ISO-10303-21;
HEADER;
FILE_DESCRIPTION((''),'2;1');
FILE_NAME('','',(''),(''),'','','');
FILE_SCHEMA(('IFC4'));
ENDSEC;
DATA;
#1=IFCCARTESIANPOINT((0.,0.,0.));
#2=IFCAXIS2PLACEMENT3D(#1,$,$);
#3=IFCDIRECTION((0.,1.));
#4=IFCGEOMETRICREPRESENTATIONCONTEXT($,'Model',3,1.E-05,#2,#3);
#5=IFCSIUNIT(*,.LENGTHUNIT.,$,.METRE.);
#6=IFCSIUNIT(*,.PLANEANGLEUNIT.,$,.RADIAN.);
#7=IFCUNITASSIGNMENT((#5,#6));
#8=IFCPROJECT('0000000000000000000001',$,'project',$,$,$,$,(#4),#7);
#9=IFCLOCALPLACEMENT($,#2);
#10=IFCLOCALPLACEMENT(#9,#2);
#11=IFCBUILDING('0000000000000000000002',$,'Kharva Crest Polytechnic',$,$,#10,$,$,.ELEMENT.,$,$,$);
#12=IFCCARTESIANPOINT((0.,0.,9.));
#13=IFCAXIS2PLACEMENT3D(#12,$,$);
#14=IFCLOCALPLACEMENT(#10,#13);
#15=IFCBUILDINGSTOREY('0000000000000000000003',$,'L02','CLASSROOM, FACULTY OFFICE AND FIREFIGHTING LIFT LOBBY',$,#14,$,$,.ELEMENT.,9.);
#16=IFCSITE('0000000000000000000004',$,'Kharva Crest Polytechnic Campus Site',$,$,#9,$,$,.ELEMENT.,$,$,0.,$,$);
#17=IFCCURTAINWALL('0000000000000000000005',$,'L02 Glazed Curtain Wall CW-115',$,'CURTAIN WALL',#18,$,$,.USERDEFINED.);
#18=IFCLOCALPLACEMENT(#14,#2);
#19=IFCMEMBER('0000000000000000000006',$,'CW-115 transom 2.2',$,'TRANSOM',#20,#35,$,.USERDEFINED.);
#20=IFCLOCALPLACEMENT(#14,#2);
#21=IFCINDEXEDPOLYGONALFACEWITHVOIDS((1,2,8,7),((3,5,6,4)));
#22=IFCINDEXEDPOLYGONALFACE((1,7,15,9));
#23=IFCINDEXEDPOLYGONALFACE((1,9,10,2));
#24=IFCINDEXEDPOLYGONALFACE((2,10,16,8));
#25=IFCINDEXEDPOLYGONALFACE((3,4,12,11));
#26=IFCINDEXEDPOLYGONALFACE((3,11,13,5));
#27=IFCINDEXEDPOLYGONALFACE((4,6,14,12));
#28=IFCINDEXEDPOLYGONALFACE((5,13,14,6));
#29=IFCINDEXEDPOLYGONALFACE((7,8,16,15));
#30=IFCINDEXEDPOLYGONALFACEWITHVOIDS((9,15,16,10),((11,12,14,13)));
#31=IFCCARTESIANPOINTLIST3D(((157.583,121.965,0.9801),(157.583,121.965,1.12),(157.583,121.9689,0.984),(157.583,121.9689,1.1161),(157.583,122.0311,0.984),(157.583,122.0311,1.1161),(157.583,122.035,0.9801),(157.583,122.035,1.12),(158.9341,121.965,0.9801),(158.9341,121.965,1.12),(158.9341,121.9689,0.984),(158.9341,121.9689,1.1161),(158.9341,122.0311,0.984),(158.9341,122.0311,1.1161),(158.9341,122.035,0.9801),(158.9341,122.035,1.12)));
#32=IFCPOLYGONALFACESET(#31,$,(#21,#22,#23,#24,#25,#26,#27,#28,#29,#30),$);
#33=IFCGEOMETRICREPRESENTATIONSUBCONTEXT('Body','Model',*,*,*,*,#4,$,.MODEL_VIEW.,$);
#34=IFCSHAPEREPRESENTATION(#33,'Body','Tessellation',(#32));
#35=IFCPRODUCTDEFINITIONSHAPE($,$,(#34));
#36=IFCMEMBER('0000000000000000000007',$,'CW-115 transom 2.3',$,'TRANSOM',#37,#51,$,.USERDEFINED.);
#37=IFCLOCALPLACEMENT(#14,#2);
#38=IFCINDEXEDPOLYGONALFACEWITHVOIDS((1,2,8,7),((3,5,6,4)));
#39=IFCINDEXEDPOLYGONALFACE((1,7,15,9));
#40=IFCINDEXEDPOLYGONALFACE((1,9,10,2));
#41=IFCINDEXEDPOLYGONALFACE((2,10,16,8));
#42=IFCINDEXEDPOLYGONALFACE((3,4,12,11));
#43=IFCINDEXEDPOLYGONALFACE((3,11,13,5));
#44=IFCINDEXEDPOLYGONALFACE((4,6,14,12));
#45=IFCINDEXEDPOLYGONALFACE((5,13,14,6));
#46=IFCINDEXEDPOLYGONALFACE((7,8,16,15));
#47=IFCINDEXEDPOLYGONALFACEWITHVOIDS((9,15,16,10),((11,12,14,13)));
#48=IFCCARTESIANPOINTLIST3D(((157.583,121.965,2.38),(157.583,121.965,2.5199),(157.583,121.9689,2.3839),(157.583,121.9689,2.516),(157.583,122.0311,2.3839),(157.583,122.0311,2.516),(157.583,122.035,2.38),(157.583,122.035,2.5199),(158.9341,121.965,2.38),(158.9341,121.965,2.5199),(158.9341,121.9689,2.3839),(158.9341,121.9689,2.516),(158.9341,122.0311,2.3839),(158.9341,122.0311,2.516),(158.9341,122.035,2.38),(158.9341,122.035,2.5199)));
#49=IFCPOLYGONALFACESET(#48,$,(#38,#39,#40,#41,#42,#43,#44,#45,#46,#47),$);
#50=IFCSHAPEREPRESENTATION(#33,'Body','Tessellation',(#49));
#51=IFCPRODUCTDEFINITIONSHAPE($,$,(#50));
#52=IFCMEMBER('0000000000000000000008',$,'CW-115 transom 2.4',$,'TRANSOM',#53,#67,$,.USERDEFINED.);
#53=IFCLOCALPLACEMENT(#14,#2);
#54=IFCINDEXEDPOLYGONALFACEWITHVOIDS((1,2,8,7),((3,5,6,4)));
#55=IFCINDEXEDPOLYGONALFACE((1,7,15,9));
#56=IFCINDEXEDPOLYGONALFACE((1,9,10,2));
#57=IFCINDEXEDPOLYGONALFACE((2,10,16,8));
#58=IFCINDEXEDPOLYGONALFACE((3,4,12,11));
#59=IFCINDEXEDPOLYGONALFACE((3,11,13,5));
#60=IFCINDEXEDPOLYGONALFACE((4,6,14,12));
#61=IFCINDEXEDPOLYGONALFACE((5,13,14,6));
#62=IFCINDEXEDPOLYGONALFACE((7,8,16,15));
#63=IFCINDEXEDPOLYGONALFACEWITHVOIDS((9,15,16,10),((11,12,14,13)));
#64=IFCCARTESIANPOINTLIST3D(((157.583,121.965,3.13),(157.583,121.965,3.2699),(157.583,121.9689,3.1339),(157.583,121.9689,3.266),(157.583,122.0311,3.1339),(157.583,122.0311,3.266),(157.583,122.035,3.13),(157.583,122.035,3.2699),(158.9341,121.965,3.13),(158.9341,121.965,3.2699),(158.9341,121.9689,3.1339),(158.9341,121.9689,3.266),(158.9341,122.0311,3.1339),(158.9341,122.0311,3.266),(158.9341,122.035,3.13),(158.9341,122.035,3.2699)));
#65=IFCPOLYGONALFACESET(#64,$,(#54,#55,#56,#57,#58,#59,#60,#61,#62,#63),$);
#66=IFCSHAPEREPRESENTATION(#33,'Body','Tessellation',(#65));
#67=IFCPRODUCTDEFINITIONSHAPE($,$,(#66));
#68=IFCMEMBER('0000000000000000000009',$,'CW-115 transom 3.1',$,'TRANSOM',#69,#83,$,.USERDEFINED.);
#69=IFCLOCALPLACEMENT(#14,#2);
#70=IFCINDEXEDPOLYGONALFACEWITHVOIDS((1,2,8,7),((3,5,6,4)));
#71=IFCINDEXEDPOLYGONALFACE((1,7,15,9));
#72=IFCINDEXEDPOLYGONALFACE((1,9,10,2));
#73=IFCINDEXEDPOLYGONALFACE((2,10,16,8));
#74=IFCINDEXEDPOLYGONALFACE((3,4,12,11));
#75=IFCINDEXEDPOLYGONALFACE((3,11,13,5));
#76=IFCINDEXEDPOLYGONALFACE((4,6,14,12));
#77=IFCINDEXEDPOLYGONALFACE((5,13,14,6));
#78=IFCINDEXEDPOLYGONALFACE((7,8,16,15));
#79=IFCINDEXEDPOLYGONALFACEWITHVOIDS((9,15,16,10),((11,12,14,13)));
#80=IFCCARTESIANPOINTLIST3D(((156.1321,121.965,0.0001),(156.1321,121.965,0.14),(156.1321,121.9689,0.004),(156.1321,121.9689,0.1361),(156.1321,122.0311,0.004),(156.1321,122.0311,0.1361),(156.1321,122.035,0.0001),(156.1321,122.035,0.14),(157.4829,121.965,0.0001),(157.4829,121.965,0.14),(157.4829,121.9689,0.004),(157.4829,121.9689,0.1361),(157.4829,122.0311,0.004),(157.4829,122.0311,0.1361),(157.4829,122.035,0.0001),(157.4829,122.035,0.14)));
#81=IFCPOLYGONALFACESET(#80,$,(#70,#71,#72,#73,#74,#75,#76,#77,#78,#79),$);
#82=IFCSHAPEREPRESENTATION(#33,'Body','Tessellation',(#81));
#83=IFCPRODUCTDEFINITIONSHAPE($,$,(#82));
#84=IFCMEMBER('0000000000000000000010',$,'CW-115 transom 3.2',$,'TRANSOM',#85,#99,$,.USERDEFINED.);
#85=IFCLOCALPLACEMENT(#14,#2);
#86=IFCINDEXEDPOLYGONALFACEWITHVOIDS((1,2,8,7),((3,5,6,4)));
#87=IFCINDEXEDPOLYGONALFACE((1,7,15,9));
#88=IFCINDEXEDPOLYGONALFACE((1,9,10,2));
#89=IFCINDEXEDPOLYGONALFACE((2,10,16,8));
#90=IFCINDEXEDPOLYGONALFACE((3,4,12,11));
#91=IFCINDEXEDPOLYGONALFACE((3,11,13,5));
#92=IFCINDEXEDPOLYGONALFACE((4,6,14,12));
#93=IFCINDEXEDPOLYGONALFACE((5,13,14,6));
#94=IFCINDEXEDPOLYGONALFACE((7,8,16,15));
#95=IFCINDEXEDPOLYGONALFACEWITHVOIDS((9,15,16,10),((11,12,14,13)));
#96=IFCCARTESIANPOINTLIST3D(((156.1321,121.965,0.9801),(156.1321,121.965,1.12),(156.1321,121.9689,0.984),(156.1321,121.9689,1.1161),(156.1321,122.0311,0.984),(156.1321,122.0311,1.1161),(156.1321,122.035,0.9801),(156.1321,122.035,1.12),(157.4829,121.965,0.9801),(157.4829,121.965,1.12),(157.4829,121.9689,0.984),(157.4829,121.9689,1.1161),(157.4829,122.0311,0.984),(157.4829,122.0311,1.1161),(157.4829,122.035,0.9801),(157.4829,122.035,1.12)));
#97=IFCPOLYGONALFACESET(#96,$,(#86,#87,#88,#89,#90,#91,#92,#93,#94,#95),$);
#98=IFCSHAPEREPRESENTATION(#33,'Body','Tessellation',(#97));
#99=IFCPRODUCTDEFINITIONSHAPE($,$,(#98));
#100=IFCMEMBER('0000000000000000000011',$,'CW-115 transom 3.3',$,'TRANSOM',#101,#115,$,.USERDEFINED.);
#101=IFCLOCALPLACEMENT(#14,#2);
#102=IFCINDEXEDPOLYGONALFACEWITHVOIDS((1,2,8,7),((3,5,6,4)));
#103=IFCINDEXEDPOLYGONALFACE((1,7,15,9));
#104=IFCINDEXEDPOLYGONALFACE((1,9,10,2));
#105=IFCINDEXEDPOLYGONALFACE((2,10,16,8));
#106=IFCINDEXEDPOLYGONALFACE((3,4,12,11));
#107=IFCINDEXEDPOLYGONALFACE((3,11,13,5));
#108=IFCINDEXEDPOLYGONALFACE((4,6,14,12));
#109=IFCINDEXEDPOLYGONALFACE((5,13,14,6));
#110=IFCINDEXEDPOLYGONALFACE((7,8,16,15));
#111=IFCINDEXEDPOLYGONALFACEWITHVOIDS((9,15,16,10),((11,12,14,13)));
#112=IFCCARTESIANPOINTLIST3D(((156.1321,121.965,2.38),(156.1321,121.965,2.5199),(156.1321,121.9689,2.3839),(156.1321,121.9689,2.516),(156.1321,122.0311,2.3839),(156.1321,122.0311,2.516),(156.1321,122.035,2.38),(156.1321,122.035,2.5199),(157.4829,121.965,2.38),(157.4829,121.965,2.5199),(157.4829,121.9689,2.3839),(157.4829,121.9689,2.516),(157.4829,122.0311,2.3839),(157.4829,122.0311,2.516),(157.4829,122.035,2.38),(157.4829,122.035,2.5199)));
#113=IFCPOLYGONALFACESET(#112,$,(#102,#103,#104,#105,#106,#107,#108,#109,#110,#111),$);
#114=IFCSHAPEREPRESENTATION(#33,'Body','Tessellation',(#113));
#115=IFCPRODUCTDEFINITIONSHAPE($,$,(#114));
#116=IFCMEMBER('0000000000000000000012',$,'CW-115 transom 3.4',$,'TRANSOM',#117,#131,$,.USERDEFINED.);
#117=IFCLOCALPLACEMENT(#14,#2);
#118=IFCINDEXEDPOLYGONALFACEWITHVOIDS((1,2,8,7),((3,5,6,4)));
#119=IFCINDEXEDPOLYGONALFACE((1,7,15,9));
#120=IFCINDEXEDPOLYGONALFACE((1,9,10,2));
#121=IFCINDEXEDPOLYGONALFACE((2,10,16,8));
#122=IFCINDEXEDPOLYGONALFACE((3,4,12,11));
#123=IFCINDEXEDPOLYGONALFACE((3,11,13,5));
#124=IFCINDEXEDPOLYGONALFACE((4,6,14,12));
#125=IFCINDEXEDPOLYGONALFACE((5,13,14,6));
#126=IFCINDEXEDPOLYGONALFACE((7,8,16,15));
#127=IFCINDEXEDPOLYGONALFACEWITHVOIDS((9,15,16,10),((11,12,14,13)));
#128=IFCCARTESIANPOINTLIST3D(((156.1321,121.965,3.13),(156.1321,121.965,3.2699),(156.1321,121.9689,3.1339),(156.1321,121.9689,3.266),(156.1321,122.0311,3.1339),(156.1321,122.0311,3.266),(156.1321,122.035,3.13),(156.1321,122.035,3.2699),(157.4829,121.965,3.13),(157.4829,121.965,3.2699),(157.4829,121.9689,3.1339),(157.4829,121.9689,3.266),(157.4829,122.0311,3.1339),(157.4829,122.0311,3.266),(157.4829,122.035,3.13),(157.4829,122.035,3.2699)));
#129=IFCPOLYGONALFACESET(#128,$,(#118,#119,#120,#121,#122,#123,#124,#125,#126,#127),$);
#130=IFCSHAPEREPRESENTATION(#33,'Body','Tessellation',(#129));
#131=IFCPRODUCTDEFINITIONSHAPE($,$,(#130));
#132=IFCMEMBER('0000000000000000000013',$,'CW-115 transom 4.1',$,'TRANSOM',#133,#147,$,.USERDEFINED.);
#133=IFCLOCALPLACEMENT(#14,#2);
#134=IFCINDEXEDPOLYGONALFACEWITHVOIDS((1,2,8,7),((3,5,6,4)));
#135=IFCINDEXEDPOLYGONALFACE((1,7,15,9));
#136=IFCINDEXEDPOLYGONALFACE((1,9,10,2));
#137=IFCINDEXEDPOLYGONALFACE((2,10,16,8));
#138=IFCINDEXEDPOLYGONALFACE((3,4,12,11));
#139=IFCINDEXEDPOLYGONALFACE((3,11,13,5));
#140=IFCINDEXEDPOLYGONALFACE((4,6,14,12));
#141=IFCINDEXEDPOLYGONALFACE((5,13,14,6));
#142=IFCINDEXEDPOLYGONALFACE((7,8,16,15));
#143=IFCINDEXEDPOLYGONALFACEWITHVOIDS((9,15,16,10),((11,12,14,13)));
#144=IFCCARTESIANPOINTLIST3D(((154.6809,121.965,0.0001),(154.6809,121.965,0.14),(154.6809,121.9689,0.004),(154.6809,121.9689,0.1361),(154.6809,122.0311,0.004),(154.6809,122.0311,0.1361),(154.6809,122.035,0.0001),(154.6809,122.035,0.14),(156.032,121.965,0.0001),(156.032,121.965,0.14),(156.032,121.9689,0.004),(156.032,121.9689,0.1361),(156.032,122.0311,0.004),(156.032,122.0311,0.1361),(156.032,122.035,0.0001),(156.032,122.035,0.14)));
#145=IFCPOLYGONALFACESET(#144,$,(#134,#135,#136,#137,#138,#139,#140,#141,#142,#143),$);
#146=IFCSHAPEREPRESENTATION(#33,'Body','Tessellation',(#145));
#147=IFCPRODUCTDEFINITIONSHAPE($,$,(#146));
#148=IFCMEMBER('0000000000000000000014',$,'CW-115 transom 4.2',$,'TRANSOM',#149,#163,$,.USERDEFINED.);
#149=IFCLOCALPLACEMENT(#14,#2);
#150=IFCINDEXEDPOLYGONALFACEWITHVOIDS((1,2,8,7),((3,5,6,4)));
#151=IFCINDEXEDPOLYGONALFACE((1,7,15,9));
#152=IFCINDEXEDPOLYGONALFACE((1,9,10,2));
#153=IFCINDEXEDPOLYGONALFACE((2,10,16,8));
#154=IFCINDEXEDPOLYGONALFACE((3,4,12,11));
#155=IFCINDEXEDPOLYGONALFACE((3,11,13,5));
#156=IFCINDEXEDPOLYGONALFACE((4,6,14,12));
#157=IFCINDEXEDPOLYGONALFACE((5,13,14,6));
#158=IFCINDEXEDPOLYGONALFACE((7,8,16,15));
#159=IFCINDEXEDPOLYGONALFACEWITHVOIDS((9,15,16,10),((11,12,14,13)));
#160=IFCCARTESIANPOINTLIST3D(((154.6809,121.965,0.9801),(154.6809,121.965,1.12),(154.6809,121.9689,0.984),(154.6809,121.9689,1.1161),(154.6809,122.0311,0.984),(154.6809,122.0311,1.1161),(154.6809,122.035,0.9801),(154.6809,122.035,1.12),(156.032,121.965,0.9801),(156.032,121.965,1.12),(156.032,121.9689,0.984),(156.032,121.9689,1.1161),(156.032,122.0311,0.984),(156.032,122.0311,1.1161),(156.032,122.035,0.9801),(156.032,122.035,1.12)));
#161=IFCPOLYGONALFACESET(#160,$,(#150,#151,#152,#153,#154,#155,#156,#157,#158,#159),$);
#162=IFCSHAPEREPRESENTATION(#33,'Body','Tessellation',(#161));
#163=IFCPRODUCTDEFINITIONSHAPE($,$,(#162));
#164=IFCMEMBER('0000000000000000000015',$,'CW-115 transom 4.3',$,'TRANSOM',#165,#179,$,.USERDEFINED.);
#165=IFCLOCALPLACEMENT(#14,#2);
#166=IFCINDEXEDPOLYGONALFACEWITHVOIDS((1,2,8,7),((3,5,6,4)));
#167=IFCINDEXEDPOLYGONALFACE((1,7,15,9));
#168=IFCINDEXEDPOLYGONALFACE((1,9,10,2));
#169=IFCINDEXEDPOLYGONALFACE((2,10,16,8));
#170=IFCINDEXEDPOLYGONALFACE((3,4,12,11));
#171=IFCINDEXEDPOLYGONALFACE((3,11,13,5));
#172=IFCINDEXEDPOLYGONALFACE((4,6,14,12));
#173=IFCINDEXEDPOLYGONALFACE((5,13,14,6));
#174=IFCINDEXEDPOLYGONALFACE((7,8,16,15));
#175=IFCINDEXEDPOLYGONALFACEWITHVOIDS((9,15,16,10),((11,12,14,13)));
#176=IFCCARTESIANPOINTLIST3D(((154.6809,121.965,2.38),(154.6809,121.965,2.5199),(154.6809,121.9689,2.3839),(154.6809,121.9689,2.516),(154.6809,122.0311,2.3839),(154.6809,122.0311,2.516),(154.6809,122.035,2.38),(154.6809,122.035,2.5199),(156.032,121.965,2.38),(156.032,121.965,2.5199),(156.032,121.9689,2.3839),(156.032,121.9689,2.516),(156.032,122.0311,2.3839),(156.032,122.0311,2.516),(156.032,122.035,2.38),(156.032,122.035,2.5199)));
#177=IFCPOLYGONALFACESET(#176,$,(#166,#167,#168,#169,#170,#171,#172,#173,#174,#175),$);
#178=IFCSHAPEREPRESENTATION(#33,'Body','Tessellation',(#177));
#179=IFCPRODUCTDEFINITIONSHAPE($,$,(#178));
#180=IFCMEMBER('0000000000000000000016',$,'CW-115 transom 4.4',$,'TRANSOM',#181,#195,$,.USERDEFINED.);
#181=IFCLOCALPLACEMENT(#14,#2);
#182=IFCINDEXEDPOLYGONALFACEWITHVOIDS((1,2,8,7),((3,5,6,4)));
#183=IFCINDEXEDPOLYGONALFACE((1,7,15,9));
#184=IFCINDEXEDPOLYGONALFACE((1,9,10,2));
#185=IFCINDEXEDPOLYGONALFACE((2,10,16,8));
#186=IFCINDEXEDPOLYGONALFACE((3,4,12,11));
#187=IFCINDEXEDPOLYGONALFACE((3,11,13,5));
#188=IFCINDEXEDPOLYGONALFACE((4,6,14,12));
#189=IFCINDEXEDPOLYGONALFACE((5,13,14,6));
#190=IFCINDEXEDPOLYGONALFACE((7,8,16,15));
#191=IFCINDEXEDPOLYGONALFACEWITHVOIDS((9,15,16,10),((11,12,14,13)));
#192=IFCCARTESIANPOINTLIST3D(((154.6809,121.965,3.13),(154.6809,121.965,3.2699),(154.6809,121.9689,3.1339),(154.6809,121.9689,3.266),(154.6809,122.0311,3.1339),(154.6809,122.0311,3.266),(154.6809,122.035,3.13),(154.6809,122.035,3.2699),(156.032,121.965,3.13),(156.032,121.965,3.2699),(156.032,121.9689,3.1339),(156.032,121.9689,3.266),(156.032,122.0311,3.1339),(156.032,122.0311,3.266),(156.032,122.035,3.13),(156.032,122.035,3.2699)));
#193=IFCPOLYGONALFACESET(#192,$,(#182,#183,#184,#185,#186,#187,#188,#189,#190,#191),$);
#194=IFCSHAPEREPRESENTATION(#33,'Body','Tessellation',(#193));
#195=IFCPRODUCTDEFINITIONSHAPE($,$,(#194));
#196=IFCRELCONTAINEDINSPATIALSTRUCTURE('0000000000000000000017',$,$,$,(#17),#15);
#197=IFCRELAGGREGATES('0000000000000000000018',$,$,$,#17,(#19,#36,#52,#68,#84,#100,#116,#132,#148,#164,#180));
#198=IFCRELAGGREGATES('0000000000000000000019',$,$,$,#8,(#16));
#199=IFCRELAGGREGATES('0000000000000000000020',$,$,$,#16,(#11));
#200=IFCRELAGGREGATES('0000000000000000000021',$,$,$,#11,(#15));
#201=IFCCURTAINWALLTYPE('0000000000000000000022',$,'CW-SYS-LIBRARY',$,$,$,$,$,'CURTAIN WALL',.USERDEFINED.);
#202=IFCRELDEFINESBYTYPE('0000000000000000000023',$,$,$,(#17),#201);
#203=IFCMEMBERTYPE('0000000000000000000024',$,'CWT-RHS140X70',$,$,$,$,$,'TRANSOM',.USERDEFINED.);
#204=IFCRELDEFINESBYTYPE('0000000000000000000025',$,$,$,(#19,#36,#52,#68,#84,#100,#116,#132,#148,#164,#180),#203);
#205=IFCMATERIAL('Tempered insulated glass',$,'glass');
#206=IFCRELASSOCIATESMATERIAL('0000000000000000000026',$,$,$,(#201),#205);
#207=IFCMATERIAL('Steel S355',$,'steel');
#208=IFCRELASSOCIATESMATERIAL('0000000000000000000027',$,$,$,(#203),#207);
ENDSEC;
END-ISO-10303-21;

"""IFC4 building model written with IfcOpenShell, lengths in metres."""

from ifc_helpers import new_model, si_unit, direction, frame, origin, origin_2d, place, context, subcontext, project, spatial, hollow_rectangle, extrude, material, material_profile, profile_set, type_object, element, aggregate, save


model = new_model("IFC4")

# Units and contexts
model_context = context("Model", 3, precision=1e-05, world=origin(), true_north=direction((0.0, 1.0)))
body_context = subcontext(model_context, "Body", "Model", "MODEL_VIEW")
ifc_project = project(units=[si_unit("LENGTHUNIT", "METRE"), si_unit("PLANEANGLEUNIT", "RADIAN")], contexts=[model_context])

# Site, building, storey
site_placement = place(None, origin())
site = spatial("IfcSite", under=ifc_project, at=site_placement, Name="Kharva Crest Polytechnic Campus Site", CompositionType="ELEMENT", RefElevation=0.0)
building_placement = place(site_placement, origin())
building = spatial("IfcBuilding", under=site, at=building_placement, Name="Kharva Crest Polytechnic", CompositionType="ELEMENT")
storey_placement = place(building_placement, frame((0.0, 0.0, 9.0)))
storey = spatial("IfcBuildingStorey", under=building, at=storey_placement, Name="L02", Description="CLASSROOM, FACULTY OFFICE AND FIREFIGHTING LIFT LOBBY", CompositionType="ELEMENT", Elevation=9.0)

# Curtain wall, members
ifc_material_1 = material(Name="Tempered insulated glass", Category="glass")
curtain_wall_type = type_object("IfcCurtainWallType", Name="CW-SYS-LIBRARY", ElementType="CURTAIN WALL", PredefinedType="USERDEFINED", material=ifc_material_1)
curtain_wall_placement = place(storey_placement, origin())
curtain_wall = element("IfcCurtainWall", 1, at=curtain_wall_placement, inside=storey, type_object=curtain_wall_type, Name="L02 Glazed Curtain Wall CW-115", ObjectType="CURTAIN WALL", PredefinedType="USERDEFINED")
ifc_material_2 = material(Name="Steel S355", Category="steel")
ifc_material_profile_1 = material_profile(ifc_material_2, hollow_rectangle(XDim=0.0701, YDim=0.1399, WallThickness=0.0039, at=origin_2d()), Name="RHS 140X70X4.0")
ifc_profile_set_1 = profile_set([ifc_material_profile_1], Name="Steel S355")
member_type_1 = type_object("IfcMemberType", Name="CWT-RHS140X70", ElementType="TRANSOM", PredefinedType="USERDEFINED", material=ifc_profile_set_1)
member_1_placement = place(storey_placement, frame((158.9341, 122.0, 1.05), z_axis=(-1.0, 0.0, 0.0), x_axis=(0.0, -1.0, 0.0)))
member_1 = element("IfcMember", 2, at=member_1_placement, type_object=member_type_1, Name="CW-115 transom 2.2", ObjectType="TRANSOM", PredefinedType="USERDEFINED", context=body_context, shape_type="SweptSolid", body=[
    extrude(hollow_rectangle(XDim=0.0701, YDim=0.1399, WallThickness=0.0039, at=origin_2d()), origin(), (0.0, 0.0, 1.0), 1.3511),
])
member_2_placement = place(storey_placement, frame((158.9341, 122.0, 2.45), z_axis=(-1.0, 0.0, 0.0), x_axis=(0.0, -1.0, 0.0)))
member_2 = element("IfcMember", 3, at=member_2_placement, type_object=member_type_1, Name="CW-115 transom 2.3", ObjectType="TRANSOM", PredefinedType="USERDEFINED", context=body_context, shape_type="SweptSolid", body=[
    extrude(hollow_rectangle(XDim=0.0701, YDim=0.1399, WallThickness=0.0039, at=origin_2d()), origin(), (0.0, 0.0, 1.0), 1.3511),
])
member_3_placement = place(storey_placement, frame((158.9341, 122.0, 3.2), z_axis=(-1.0, 0.0, 0.0), x_axis=(0.0, -1.0, 0.0)))
member_3 = element("IfcMember", 4, at=member_3_placement, type_object=member_type_1, Name="CW-115 transom 2.4", ObjectType="TRANSOM", PredefinedType="USERDEFINED", context=body_context, shape_type="SweptSolid", body=[
    extrude(hollow_rectangle(XDim=0.0701, YDim=0.1399, WallThickness=0.0039, at=origin_2d()), origin(), (0.0, 0.0, 1.0), 1.3511),
])
member_4_placement = place(storey_placement, frame((157.4829, 122.0, 0.0701), z_axis=(-1.0, 0.0, 0.0), x_axis=(0.0, -1.0, 0.0)))
member_4 = element("IfcMember", 5, at=member_4_placement, type_object=member_type_1, Name="CW-115 transom 3.1", ObjectType="TRANSOM", PredefinedType="USERDEFINED", context=body_context, shape_type="SweptSolid", body=[
    extrude(hollow_rectangle(XDim=0.0701, YDim=0.1399, WallThickness=0.0039, at=origin_2d()), origin(), (0.0, 0.0, 1.0), 1.3508),
])
member_5_placement = place(storey_placement, frame((157.4829, 122.0, 1.05), z_axis=(-1.0, 0.0, 0.0), x_axis=(0.0, -1.0, 0.0)))
member_5 = element("IfcMember", 6, at=member_5_placement, type_object=member_type_1, Name="CW-115 transom 3.2", ObjectType="TRANSOM", PredefinedType="USERDEFINED", context=body_context, shape_type="SweptSolid", body=[
    extrude(hollow_rectangle(XDim=0.0701, YDim=0.1399, WallThickness=0.0039, at=origin_2d()), origin(), (0.0, 0.0, 1.0), 1.3508),
])
member_6_placement = place(storey_placement, frame((157.4829, 122.0, 2.45), z_axis=(-1.0, 0.0, 0.0), x_axis=(0.0, -1.0, 0.0)))
member_6 = element("IfcMember", 7, at=member_6_placement, type_object=member_type_1, Name="CW-115 transom 3.3", ObjectType="TRANSOM", PredefinedType="USERDEFINED", context=body_context, shape_type="SweptSolid", body=[
    extrude(hollow_rectangle(XDim=0.0701, YDim=0.1399, WallThickness=0.0039, at=origin_2d()), origin(), (0.0, 0.0, 1.0), 1.3508),
])
member_7_placement = place(storey_placement, frame((157.4829, 122.0, 3.2), z_axis=(-1.0, 0.0, 0.0), x_axis=(0.0, -1.0, 0.0)))
member_7 = element("IfcMember", 8, at=member_7_placement, type_object=member_type_1, Name="CW-115 transom 3.4", ObjectType="TRANSOM", PredefinedType="USERDEFINED", context=body_context, shape_type="SweptSolid", body=[
    extrude(hollow_rectangle(XDim=0.0701, YDim=0.1399, WallThickness=0.0039, at=origin_2d()), origin(), (0.0, 0.0, 1.0), 1.3508),
])
member_8_placement = place(storey_placement, frame((156.032, 122.0, 0.0701), z_axis=(-1.0, 0.0, 0.0), x_axis=(0.0, -1.0, 0.0)))
member_8 = element("IfcMember", 9, at=member_8_placement, type_object=member_type_1, Name="CW-115 transom 4.1", ObjectType="TRANSOM", PredefinedType="USERDEFINED", context=body_context, shape_type="SweptSolid", body=[
    extrude(hollow_rectangle(XDim=0.0701, YDim=0.1399, WallThickness=0.0039, at=origin_2d()), origin(), (0.0, 0.0, 1.0), 1.3511),
])
member_9_placement = place(storey_placement, frame((156.032, 122.0, 1.05), z_axis=(-1.0, 0.0, 0.0), x_axis=(0.0, -1.0, 0.0)))
member_9 = element("IfcMember", 10, at=member_9_placement, type_object=member_type_1, Name="CW-115 transom 4.2", ObjectType="TRANSOM", PredefinedType="USERDEFINED", context=body_context, shape_type="SweptSolid", body=[
    extrude(hollow_rectangle(XDim=0.0701, YDim=0.1399, WallThickness=0.0039, at=origin_2d()), origin(), (0.0, 0.0, 1.0), 1.3511),
])
member_10_placement = place(storey_placement, frame((156.032, 122.0, 2.45), z_axis=(-1.0, 0.0, 0.0), x_axis=(0.0, -1.0, 0.0)))
member_10 = element("IfcMember", 11, at=member_10_placement, type_object=member_type_1, Name="CW-115 transom 4.3", ObjectType="TRANSOM", PredefinedType="USERDEFINED", context=body_context, shape_type="SweptSolid", body=[
    extrude(hollow_rectangle(XDim=0.0701, YDim=0.1399, WallThickness=0.0039, at=origin_2d()), origin(), (0.0, 0.0, 1.0), 1.3511),
])
member_11_placement = place(storey_placement, frame((156.032, 122.0, 3.2), z_axis=(-1.0, 0.0, 0.0), x_axis=(0.0, -1.0, 0.0)))
member_11 = element("IfcMember", 12, at=member_11_placement, type_object=member_type_1, Name="CW-115 transom 4.4", ObjectType="TRANSOM", PredefinedType="USERDEFINED", context=body_context, shape_type="SweptSolid", body=[
    extrude(hollow_rectangle(XDim=0.0701, YDim=0.1399, WallThickness=0.0039, at=origin_2d()), origin(), (0.0, 0.0, 1.0), 1.3511),
])
aggregate(curtain_wall, [member_1, member_2, member_3, member_4, member_5, member_6, member_7, member_8, member_9, member_10, member_11])

save(model, "model.ifc")
